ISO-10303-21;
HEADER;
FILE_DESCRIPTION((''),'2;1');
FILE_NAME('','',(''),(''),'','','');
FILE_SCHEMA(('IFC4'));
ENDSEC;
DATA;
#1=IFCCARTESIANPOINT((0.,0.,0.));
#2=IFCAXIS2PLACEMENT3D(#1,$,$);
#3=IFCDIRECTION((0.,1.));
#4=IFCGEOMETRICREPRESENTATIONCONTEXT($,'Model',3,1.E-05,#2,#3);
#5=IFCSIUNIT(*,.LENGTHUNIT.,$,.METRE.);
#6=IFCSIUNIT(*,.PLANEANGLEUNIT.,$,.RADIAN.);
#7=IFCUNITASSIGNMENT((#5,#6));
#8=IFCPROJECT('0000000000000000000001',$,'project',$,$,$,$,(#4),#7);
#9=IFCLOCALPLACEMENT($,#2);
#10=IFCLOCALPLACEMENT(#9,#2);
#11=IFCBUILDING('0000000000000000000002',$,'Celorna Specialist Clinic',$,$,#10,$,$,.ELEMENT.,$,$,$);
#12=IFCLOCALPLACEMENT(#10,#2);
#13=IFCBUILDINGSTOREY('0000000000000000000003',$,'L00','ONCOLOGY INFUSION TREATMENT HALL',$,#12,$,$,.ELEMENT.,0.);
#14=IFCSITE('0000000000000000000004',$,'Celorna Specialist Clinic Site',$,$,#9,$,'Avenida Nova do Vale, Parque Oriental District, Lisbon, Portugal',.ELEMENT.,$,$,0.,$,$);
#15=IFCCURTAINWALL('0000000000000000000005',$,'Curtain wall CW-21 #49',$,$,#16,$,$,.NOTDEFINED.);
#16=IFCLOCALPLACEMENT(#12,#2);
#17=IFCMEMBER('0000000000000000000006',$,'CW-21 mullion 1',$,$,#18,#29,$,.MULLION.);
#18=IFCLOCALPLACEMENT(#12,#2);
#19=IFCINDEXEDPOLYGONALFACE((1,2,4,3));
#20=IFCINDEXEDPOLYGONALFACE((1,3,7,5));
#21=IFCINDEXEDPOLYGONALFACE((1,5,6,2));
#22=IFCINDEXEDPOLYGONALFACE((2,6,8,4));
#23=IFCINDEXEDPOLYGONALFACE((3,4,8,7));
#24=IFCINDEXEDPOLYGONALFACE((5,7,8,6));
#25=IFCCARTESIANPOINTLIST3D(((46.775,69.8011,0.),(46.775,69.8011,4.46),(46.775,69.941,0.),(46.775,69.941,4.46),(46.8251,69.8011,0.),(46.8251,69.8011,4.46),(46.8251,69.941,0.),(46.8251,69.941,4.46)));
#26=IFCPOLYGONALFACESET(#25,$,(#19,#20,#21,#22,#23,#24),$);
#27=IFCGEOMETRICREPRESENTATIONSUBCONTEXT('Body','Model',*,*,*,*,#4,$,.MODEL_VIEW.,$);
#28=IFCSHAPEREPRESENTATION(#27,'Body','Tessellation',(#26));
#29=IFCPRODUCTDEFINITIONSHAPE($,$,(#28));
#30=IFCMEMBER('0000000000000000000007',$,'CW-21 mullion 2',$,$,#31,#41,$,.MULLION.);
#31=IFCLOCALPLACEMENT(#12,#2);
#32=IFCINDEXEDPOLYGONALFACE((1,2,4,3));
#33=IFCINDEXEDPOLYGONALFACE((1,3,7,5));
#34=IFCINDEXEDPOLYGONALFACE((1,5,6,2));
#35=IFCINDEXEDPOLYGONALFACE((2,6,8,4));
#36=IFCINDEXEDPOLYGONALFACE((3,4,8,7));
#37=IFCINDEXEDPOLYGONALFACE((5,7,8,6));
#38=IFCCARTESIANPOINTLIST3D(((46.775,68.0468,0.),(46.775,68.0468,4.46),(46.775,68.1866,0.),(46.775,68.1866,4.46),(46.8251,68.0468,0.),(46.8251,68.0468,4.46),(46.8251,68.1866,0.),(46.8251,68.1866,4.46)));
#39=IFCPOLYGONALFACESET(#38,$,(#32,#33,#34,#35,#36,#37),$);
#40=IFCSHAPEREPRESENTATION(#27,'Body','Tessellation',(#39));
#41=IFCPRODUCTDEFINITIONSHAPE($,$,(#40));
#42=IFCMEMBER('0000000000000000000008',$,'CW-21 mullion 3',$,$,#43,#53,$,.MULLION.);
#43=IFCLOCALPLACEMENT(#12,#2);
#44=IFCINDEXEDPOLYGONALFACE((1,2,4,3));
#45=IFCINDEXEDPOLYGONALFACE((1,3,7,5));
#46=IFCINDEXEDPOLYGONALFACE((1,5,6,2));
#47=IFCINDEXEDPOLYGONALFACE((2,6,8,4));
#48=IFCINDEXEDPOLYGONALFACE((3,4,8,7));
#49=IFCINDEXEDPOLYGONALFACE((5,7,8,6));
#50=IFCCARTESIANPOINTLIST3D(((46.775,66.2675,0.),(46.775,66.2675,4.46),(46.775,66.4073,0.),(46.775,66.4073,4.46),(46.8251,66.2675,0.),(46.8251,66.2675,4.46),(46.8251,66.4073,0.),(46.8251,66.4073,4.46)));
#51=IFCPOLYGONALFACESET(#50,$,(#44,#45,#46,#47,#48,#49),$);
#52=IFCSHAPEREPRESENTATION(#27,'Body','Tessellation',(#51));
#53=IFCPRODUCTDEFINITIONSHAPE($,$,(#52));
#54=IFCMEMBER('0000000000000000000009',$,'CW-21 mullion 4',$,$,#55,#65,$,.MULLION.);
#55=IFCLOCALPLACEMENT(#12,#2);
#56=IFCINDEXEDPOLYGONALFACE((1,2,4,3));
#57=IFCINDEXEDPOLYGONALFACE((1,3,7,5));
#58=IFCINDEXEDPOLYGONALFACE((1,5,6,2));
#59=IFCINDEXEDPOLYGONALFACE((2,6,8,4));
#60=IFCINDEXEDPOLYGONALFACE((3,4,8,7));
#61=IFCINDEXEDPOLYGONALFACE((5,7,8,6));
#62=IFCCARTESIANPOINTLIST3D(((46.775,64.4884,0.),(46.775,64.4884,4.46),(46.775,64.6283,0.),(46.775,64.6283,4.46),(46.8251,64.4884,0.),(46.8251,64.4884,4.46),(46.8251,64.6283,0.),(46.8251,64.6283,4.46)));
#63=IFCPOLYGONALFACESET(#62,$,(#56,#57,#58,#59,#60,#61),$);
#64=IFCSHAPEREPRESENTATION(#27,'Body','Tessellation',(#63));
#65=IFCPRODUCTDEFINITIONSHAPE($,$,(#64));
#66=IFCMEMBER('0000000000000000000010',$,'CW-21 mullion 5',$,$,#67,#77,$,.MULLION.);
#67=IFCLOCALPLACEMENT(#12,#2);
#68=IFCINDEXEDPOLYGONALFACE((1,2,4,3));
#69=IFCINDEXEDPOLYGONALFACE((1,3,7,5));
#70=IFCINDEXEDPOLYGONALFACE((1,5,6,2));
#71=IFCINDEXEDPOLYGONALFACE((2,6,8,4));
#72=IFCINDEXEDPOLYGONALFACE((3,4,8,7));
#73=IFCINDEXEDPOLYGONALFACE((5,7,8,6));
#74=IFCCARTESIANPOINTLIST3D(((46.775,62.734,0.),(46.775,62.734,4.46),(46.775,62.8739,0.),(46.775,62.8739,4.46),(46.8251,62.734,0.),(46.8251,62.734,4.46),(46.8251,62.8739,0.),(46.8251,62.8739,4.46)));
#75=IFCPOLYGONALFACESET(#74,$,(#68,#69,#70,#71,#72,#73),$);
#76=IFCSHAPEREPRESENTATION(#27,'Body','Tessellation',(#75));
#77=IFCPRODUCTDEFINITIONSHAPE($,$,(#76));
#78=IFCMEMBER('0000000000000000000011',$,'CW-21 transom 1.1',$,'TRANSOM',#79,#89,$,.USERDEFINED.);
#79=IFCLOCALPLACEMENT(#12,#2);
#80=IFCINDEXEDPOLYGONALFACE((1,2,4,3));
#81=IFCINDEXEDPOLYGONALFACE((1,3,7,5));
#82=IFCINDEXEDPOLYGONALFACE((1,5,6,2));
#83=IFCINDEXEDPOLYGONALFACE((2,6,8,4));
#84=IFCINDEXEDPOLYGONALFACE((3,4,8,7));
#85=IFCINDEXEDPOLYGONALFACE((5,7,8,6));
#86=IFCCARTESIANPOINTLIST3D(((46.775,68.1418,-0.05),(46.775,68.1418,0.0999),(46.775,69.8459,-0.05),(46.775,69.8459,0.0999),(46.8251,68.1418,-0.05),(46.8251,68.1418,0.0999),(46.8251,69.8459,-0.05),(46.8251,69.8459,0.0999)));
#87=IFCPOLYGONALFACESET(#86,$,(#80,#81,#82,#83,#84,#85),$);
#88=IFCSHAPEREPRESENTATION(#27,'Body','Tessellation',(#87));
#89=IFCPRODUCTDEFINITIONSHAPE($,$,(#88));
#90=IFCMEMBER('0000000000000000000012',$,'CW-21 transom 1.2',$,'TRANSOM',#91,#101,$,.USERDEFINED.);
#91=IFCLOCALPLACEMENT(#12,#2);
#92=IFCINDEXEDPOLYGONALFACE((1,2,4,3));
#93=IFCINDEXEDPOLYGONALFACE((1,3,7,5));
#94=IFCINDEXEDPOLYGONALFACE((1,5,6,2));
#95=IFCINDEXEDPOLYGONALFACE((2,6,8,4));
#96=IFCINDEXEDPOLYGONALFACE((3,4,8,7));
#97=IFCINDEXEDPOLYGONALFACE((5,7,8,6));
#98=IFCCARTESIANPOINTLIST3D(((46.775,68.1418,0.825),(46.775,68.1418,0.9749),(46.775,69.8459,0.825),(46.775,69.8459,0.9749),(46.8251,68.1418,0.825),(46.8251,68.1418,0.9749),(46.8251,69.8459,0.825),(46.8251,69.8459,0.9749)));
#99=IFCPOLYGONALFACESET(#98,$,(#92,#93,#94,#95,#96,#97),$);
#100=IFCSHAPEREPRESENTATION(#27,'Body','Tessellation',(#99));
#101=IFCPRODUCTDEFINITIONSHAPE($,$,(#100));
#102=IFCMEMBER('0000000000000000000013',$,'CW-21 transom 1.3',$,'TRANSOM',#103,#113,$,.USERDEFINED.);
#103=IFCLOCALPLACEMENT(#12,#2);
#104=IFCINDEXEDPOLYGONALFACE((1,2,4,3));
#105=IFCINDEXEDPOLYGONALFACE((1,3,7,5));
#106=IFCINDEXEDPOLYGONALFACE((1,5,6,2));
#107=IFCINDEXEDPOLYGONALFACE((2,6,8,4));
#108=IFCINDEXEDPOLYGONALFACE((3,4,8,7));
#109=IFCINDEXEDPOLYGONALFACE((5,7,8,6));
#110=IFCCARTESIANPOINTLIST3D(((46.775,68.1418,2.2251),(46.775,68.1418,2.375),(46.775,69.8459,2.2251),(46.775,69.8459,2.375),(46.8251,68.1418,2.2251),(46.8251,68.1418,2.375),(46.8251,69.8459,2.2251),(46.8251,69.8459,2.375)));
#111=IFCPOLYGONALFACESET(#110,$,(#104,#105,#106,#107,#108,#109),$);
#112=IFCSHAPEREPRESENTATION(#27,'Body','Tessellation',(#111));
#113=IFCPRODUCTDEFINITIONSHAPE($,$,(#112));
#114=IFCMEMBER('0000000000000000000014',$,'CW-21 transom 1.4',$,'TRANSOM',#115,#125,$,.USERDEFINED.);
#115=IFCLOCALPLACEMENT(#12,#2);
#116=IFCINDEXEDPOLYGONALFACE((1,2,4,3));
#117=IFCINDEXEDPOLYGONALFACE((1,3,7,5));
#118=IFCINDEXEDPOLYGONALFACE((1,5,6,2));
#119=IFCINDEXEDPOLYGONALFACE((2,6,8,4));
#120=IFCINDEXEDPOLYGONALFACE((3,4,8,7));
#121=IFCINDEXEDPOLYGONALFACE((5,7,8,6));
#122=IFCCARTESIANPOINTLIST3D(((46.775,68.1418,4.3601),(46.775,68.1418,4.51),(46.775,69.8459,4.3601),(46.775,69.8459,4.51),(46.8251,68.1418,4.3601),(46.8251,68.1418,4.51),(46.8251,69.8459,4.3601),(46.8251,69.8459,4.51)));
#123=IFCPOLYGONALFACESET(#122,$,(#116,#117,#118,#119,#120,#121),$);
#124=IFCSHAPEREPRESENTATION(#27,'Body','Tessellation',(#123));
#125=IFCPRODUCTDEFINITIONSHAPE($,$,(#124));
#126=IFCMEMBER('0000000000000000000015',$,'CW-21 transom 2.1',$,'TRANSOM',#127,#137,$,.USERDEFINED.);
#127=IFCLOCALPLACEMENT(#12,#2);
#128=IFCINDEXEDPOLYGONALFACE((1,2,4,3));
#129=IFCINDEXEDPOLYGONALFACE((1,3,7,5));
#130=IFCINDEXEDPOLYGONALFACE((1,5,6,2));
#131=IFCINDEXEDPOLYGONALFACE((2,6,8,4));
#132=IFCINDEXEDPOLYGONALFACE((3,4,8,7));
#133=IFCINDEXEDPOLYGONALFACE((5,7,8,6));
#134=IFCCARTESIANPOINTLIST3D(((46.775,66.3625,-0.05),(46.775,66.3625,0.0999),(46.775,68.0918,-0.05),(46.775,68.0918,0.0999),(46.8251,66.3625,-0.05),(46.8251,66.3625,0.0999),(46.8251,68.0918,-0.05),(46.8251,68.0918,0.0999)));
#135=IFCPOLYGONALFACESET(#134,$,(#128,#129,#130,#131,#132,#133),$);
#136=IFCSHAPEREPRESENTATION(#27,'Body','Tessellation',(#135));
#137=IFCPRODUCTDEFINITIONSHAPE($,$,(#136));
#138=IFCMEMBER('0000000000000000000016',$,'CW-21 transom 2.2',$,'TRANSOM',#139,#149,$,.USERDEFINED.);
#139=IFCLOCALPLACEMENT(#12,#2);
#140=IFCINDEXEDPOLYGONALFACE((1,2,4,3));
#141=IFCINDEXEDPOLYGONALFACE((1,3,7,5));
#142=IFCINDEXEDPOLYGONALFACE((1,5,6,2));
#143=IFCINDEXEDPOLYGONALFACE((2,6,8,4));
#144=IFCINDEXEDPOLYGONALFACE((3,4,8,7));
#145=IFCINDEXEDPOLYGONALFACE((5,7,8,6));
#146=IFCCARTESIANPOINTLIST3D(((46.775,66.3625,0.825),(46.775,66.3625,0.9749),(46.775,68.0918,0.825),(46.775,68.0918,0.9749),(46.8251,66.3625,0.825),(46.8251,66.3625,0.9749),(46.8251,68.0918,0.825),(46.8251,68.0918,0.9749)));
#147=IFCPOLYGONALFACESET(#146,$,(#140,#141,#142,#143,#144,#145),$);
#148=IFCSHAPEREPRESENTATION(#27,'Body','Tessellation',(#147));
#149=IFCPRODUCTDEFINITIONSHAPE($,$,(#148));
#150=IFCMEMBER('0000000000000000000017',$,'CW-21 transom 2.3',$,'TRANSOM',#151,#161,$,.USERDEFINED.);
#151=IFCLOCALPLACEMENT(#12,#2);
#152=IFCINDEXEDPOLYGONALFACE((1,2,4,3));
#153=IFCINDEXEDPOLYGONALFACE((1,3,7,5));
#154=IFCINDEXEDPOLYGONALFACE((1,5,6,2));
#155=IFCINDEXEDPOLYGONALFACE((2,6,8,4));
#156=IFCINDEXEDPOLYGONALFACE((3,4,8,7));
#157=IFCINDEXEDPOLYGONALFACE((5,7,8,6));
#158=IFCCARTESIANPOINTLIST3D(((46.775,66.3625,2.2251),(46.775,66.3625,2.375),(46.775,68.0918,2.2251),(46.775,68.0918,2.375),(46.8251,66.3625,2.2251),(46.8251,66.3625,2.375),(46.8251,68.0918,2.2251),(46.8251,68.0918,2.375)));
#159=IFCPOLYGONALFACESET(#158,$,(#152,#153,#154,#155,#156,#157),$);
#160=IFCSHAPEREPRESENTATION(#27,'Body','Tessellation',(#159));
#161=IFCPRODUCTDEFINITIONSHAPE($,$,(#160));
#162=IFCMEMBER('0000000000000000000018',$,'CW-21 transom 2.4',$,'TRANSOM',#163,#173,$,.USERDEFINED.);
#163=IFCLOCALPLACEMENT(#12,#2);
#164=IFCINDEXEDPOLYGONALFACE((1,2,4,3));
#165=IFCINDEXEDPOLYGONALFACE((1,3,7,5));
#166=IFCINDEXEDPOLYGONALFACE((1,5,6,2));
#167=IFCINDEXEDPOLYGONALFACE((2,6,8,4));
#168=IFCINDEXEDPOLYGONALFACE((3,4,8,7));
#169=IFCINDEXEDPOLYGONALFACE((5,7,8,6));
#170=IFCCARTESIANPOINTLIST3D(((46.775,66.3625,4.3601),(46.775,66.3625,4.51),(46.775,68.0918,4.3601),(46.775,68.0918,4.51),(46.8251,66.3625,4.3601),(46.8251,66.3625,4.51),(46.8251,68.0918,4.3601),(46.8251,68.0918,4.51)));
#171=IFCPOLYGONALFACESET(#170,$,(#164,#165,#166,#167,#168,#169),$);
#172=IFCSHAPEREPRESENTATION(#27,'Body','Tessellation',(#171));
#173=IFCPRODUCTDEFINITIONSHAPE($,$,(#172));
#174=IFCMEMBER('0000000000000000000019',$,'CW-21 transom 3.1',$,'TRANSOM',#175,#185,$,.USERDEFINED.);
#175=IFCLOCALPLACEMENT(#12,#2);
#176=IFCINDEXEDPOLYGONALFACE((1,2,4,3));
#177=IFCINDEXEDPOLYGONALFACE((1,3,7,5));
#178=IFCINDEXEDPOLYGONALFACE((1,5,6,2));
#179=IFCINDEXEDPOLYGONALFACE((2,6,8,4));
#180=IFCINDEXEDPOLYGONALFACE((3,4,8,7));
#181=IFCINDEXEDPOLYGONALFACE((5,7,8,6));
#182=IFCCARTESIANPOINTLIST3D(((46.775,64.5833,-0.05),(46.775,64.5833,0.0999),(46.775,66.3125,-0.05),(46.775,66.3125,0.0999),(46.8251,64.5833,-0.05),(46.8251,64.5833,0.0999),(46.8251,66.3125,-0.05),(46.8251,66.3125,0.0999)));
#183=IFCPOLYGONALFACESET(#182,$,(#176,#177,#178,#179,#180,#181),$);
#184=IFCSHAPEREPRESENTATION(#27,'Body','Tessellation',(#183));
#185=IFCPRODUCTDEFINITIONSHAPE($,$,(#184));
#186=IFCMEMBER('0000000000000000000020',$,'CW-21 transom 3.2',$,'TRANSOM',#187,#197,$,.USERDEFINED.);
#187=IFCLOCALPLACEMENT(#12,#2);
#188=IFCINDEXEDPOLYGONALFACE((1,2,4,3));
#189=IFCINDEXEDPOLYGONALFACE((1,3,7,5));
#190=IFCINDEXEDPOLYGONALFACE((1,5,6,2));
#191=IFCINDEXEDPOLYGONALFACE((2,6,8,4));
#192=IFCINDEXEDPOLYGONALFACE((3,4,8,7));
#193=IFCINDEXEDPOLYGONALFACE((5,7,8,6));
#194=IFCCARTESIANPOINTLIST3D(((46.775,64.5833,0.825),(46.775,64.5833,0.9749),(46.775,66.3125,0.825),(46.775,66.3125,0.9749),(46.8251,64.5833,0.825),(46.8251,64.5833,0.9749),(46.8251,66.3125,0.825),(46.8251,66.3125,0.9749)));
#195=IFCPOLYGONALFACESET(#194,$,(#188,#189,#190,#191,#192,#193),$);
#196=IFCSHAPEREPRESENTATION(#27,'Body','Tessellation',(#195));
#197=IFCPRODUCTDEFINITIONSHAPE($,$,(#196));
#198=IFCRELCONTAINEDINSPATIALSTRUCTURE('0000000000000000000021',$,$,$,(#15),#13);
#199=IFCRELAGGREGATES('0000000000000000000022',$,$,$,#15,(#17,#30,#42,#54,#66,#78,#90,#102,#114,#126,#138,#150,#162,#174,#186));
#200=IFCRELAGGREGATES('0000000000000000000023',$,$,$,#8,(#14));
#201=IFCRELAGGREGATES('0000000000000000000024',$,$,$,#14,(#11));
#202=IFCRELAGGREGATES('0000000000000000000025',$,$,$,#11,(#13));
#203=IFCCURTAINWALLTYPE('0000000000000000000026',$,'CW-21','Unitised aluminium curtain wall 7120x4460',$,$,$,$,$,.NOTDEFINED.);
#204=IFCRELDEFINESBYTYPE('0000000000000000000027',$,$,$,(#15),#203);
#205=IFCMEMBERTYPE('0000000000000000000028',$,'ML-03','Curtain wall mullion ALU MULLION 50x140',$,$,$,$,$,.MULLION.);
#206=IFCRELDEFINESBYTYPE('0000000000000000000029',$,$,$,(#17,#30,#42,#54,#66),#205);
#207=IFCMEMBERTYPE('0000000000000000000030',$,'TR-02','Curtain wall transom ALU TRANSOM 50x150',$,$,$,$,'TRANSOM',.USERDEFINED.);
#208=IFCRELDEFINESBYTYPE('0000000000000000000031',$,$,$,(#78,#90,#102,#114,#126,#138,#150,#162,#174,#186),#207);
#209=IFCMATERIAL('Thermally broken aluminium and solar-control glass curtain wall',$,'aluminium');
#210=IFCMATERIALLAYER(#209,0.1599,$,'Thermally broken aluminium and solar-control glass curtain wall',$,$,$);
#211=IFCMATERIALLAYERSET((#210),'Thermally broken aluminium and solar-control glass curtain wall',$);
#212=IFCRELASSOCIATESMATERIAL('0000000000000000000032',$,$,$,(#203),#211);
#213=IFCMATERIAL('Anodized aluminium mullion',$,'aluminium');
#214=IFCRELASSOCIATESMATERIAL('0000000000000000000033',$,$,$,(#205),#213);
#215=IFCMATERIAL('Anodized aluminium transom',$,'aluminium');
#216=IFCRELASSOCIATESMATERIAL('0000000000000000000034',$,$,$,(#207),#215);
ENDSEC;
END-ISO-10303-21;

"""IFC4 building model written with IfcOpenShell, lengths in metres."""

from ifc_helpers import new_model, si_unit, direction, frame, origin, origin_2d, place, context, subcontext, project, spatial, rectangle, extrude, material, layer, layer_set, material_profile, profile_set, type_object, element, aggregate, save


model = new_model("IFC4")

# Units and contexts
model_context = context("Model", 3, precision=1e-05, world=origin(), true_north=direction((0.0, 1.0)))
body_context = subcontext(model_context, "Body", "Model", "MODEL_VIEW")
ifc_project = project(units=[si_unit("LENGTHUNIT", "METRE"), si_unit("PLANEANGLEUNIT", "RADIAN")], contexts=[model_context])

# Site, building, storey
site_placement = place(None, origin())
site = spatial("IfcSite", under=ifc_project, at=site_placement, Name="Celorna Specialist Clinic Site", LongName="Avenida Nova do Vale, Parque Oriental District, Lisbon, Portugal", CompositionType="ELEMENT", RefElevation=0.0)
building_placement = place(site_placement, origin())
building = spatial("IfcBuilding", under=site, at=building_placement, Name="Celorna Specialist Clinic", CompositionType="ELEMENT")
storey_placement = place(building_placement, origin())
storey = spatial("IfcBuildingStorey", under=building, at=storey_placement, Name="L00", Description="ONCOLOGY INFUSION TREATMENT HALL", CompositionType="ELEMENT", Elevation=0.0)

# Curtain wall, members
ifc_material_1 = material(Name="Thermally broken aluminium and solar-control glass curtain wall", Category="aluminium")
ifc_layer_1 = layer(ifc_material_1, 0.1599, Name="Thermally broken aluminium and solar-control glass curtain wall")
ifc_layer_set_1 = layer_set([ifc_layer_1], Name="Thermally broken aluminium and solar-control glass curtain wall")
curtain_wall_type = type_object("IfcCurtainWallType", Name="CW-21", Description="Unitised aluminium curtain wall 7120x4460", PredefinedType="NOTDEFINED", material=ifc_layer_set_1)
curtain_wall_placement = place(storey_placement, origin())
curtain_wall = element("IfcCurtainWall", 1, at=curtain_wall_placement, inside=storey, type_object=curtain_wall_type, Name="Curtain wall CW-21 #49", PredefinedType="NOTDEFINED")
ifc_material_2 = material(Name="Anodized aluminium mullion", Category="aluminium")
ifc_material_profile_1 = material_profile(ifc_material_2, rectangle(XDim=0.05, YDim=0.1399, at=origin_2d()), Name="ALU MULLION 50x140")
ifc_profile_set_1 = profile_set([ifc_material_profile_1], Name="Anodized aluminium mullion")
member_type_1 = type_object("IfcMemberType", Name="ML-03", Description="Curtain wall mullion ALU MULLION 50x140", PredefinedType="MULLION", material=ifc_profile_set_1)
member_1_placement = place(storey_placement, frame((46.8, 69.8711, 0.0), z_axis=(0.0, 0.0, 1.0), x_axis=(1.0, 0.0, 0.0)))
member_1 = element("IfcMember", 2, at=member_1_placement, type_object=member_type_1, Name="CW-21 mullion 1", PredefinedType="MULLION", context=body_context, shape_type="SweptSolid", body=[
    extrude(rectangle(XDim=0.05, YDim=0.1399, at=origin_2d()), origin(), (0.0, 0.0, 1.0), 4.46),
])
member_2_placement = place(storey_placement, frame((46.8, 68.1167, 0.0), z_axis=(0.0, 0.0, 1.0), x_axis=(1.0, 0.0, 0.0)))
member_2 = element("IfcMember", 3, at=member_2_placement, type_object=member_type_1, Name="CW-21 mullion 2", PredefinedType="MULLION", context=body_context, shape_type="SweptSolid", body=[
    extrude(rectangle(XDim=0.05, YDim=0.1399, at=origin_2d()), origin(), (0.0, 0.0, 1.0), 4.46),
])
member_3_placement = place(storey_placement, frame((46.8, 66.3374, 0.0), z_axis=(0.0, 0.0, 1.0), x_axis=(1.0, 0.0, 0.0)))
member_3 = element("IfcMember", 4, at=member_3_placement, type_object=member_type_1, Name="CW-21 mullion 3", PredefinedType="MULLION", context=body_context, shape_type="SweptSolid", body=[
    extrude(rectangle(XDim=0.05, YDim=0.1399, at=origin_2d()), origin(), (0.0, 0.0, 1.0), 4.46),
])
member_4_placement = place(storey_placement, frame((46.8, 64.5583, 0.0), z_axis=(0.0, 0.0, 1.0), x_axis=(1.0, 0.0, 0.0)))
member_4 = element("IfcMember", 5, at=member_4_placement, type_object=member_type_1, Name="CW-21 mullion 4", PredefinedType="MULLION", context=body_context, shape_type="SweptSolid", body=[
    extrude(rectangle(XDim=0.05, YDim=0.1399, at=origin_2d()), origin(), (0.0, 0.0, 1.0), 4.46),
])
member_5_placement = place(storey_placement, frame((46.8, 62.804, 0.0), z_axis=(0.0, 0.0, 1.0), x_axis=(1.0, 0.0, 0.0)))
member_5 = element("IfcMember", 6, at=member_5_placement, type_object=member_type_1, Name="CW-21 mullion 5", PredefinedType="MULLION", context=body_context, shape_type="SweptSolid", body=[
    extrude(rectangle(XDim=0.05, YDim=0.1399, at=origin_2d()), origin(), (0.0, 0.0, 1.0), 4.46),
])
ifc_material_3 = material(Name="Anodized aluminium transom", Category="aluminium")
ifc_material_profile_2 = material_profile(ifc_material_3, rectangle(XDim=0.05, YDim=0.1499, at=origin_2d()), Name="ALU TRANSOM 50x150")
ifc_profile_set_2 = profile_set([ifc_material_profile_2], Name="Anodized aluminium transom")
member_type_2 = type_object("IfcMemberType", Name="TR-02", Description="Curtain wall transom ALU TRANSOM 50x150", ElementType="TRANSOM", PredefinedType="USERDEFINED", material=ifc_profile_set_2)
member_6_placement = place(storey_placement, frame((46.8, 69.8459, 0.0249), z_axis=(0.0, -1.0, 0.0), x_axis=(1.0, 0.0, 0.0)))
member_6 = element("IfcMember", 7, at=member_6_placement, type_object=member_type_2, Name="CW-21 transom 1.1", ObjectType="TRANSOM", PredefinedType="USERDEFINED", context=body_context, shape_type="SweptSolid", body=[
    extrude(rectangle(XDim=0.05, YDim=0.1499, at=origin_2d()), origin(), (0.0, 0.0, 1.0), 1.7041),
])
member_7_placement = place(storey_placement, frame((46.8, 69.8459, 0.8999), z_axis=(0.0, -1.0, 0.0), x_axis=(1.0, 0.0, 0.0)))
member_7 = element("IfcMember", 8, at=member_7_placement, type_object=member_type_2, Name="CW-21 transom 1.2", ObjectType="TRANSOM", PredefinedType="USERDEFINED", context=body_context, shape_type="SweptSolid", body=[
    extrude(rectangle(XDim=0.05, YDim=0.1499, at=origin_2d()), origin(), (0.0, 0.0, 1.0), 1.7041),
])
member_8_placement = place(storey_placement, frame((46.8, 69.8459, 2.3), z_axis=(0.0, -1.0, 0.0), x_axis=(1.0, 0.0, 0.0)))
member_8 = element("IfcMember", 9, at=member_8_placement, type_object=member_type_2, Name="CW-21 transom 1.3", ObjectType="TRANSOM", PredefinedType="USERDEFINED", context=body_context, shape_type="SweptSolid", body=[
    extrude(rectangle(XDim=0.05, YDim=0.1499, at=origin_2d()), origin(), (0.0, 0.0, 1.0), 1.7041),
])
member_9_placement = place(storey_placement, frame((46.8, 69.8459, 4.4351), z_axis=(0.0, -1.0, 0.0), x_axis=(1.0, 0.0, 0.0)))
member_9 = element("IfcMember", 10, at=member_9_placement, type_object=member_type_2, Name="CW-21 transom 1.4", ObjectType="TRANSOM", PredefinedType="USERDEFINED", context=body_context, shape_type="SweptSolid", body=[
    extrude(rectangle(XDim=0.05, YDim=0.1499, at=origin_2d()), origin(), (0.0, 0.0, 1.0), 1.7041),
])
member_10_placement = place(storey_placement, frame((46.8, 68.0918, 0.0249), z_axis=(0.0, -1.0, 0.0), x_axis=(1.0, 0.0, 0.0)))
member_10 = element("IfcMember", 11, at=member_10_placement, type_object=member_type_2, Name="CW-21 transom 2.1", ObjectType="TRANSOM", PredefinedType="USERDEFINED", context=body_context, shape_type="SweptSolid", body=[
    extrude(rectangle(XDim=0.05, YDim=0.1499, at=origin_2d()), origin(), (0.0, 0.0, 1.0), 1.7292),
])
member_11_placement = place(storey_placement, frame((46.8, 68.0918, 0.8999), z_axis=(0.0, -1.0, 0.0), x_axis=(1.0, 0.0, 0.0)))
member_11 = element("IfcMember", 12, at=member_11_placement, type_object=member_type_2, Name="CW-21 transom 2.2", ObjectType="TRANSOM", PredefinedType="USERDEFINED", context=body_context, shape_type="SweptSolid", body=[
    extrude(rectangle(XDim=0.05, YDim=0.1499, at=origin_2d()), origin(), (0.0, 0.0, 1.0), 1.7292),
])
member_12_placement = place(storey_placement, frame((46.8, 68.0918, 2.3), z_axis=(0.0, -1.0, 0.0), x_axis=(1.0, 0.0, 0.0)))
member_12 = element("IfcMember", 13, at=member_12_placement, type_object=member_type_2, Name="CW-21 transom 2.3", ObjectType="TRANSOM", PredefinedType="USERDEFINED", context=body_context, shape_type="SweptSolid", body=[
    extrude(rectangle(XDim=0.05, YDim=0.1499, at=origin_2d()), origin(), (0.0, 0.0, 1.0), 1.7292),
])
member_13_placement = place(storey_placement, frame((46.8, 68.0918, 4.4351), z_axis=(0.0, -1.0, 0.0), x_axis=(1.0, 0.0, 0.0)))
member_13 = element("IfcMember", 14, at=member_13_placement, type_object=member_type_2, Name="CW-21 transom 2.4", ObjectType="TRANSOM", PredefinedType="USERDEFINED", context=body_context, shape_type="SweptSolid", body=[
    extrude(rectangle(XDim=0.05, YDim=0.1499, at=origin_2d()), origin(), (0.0, 0.0, 1.0), 1.7292),
])
member_14_placement = place(storey_placement, frame((46.8, 66.3125, 0.0249), z_axis=(0.0, -1.0, 0.0), x_axis=(1.0, 0.0, 0.0)))
member_14 = element("IfcMember", 15, at=member_14_placement, type_object=member_type_2, Name="CW-21 transom 3.1", ObjectType="TRANSOM", PredefinedType="USERDEFINED", context=body_context, shape_type="SweptSolid", body=[
    extrude(rectangle(XDim=0.05, YDim=0.1499, at=origin_2d()), origin(), (0.0, 0.0, 1.0), 1.7292),
])
member_15_placement = place(storey_placement, frame((46.8, 66.3125, 0.8999), z_axis=(0.0, -1.0, 0.0), x_axis=(1.0, 0.0, 0.0)))
member_15 = element("IfcMember", 16, at=member_15_placement, type_object=member_type_2, Name="CW-21 transom 3.2", ObjectType="TRANSOM", PredefinedType="USERDEFINED", context=body_context, shape_type="SweptSolid", body=[
    extrude(rectangle(XDim=0.05, YDim=0.1499, at=origin_2d()), origin(), (0.0, 0.0, 1.0), 1.7292),
])
aggregate(curtain_wall, [member_1, member_2, member_3, member_4, member_5, member_6, member_7, member_8, member_9, member_10, member_11, member_12, member_13, member_14, member_15])

save(model, "model.ifc")
